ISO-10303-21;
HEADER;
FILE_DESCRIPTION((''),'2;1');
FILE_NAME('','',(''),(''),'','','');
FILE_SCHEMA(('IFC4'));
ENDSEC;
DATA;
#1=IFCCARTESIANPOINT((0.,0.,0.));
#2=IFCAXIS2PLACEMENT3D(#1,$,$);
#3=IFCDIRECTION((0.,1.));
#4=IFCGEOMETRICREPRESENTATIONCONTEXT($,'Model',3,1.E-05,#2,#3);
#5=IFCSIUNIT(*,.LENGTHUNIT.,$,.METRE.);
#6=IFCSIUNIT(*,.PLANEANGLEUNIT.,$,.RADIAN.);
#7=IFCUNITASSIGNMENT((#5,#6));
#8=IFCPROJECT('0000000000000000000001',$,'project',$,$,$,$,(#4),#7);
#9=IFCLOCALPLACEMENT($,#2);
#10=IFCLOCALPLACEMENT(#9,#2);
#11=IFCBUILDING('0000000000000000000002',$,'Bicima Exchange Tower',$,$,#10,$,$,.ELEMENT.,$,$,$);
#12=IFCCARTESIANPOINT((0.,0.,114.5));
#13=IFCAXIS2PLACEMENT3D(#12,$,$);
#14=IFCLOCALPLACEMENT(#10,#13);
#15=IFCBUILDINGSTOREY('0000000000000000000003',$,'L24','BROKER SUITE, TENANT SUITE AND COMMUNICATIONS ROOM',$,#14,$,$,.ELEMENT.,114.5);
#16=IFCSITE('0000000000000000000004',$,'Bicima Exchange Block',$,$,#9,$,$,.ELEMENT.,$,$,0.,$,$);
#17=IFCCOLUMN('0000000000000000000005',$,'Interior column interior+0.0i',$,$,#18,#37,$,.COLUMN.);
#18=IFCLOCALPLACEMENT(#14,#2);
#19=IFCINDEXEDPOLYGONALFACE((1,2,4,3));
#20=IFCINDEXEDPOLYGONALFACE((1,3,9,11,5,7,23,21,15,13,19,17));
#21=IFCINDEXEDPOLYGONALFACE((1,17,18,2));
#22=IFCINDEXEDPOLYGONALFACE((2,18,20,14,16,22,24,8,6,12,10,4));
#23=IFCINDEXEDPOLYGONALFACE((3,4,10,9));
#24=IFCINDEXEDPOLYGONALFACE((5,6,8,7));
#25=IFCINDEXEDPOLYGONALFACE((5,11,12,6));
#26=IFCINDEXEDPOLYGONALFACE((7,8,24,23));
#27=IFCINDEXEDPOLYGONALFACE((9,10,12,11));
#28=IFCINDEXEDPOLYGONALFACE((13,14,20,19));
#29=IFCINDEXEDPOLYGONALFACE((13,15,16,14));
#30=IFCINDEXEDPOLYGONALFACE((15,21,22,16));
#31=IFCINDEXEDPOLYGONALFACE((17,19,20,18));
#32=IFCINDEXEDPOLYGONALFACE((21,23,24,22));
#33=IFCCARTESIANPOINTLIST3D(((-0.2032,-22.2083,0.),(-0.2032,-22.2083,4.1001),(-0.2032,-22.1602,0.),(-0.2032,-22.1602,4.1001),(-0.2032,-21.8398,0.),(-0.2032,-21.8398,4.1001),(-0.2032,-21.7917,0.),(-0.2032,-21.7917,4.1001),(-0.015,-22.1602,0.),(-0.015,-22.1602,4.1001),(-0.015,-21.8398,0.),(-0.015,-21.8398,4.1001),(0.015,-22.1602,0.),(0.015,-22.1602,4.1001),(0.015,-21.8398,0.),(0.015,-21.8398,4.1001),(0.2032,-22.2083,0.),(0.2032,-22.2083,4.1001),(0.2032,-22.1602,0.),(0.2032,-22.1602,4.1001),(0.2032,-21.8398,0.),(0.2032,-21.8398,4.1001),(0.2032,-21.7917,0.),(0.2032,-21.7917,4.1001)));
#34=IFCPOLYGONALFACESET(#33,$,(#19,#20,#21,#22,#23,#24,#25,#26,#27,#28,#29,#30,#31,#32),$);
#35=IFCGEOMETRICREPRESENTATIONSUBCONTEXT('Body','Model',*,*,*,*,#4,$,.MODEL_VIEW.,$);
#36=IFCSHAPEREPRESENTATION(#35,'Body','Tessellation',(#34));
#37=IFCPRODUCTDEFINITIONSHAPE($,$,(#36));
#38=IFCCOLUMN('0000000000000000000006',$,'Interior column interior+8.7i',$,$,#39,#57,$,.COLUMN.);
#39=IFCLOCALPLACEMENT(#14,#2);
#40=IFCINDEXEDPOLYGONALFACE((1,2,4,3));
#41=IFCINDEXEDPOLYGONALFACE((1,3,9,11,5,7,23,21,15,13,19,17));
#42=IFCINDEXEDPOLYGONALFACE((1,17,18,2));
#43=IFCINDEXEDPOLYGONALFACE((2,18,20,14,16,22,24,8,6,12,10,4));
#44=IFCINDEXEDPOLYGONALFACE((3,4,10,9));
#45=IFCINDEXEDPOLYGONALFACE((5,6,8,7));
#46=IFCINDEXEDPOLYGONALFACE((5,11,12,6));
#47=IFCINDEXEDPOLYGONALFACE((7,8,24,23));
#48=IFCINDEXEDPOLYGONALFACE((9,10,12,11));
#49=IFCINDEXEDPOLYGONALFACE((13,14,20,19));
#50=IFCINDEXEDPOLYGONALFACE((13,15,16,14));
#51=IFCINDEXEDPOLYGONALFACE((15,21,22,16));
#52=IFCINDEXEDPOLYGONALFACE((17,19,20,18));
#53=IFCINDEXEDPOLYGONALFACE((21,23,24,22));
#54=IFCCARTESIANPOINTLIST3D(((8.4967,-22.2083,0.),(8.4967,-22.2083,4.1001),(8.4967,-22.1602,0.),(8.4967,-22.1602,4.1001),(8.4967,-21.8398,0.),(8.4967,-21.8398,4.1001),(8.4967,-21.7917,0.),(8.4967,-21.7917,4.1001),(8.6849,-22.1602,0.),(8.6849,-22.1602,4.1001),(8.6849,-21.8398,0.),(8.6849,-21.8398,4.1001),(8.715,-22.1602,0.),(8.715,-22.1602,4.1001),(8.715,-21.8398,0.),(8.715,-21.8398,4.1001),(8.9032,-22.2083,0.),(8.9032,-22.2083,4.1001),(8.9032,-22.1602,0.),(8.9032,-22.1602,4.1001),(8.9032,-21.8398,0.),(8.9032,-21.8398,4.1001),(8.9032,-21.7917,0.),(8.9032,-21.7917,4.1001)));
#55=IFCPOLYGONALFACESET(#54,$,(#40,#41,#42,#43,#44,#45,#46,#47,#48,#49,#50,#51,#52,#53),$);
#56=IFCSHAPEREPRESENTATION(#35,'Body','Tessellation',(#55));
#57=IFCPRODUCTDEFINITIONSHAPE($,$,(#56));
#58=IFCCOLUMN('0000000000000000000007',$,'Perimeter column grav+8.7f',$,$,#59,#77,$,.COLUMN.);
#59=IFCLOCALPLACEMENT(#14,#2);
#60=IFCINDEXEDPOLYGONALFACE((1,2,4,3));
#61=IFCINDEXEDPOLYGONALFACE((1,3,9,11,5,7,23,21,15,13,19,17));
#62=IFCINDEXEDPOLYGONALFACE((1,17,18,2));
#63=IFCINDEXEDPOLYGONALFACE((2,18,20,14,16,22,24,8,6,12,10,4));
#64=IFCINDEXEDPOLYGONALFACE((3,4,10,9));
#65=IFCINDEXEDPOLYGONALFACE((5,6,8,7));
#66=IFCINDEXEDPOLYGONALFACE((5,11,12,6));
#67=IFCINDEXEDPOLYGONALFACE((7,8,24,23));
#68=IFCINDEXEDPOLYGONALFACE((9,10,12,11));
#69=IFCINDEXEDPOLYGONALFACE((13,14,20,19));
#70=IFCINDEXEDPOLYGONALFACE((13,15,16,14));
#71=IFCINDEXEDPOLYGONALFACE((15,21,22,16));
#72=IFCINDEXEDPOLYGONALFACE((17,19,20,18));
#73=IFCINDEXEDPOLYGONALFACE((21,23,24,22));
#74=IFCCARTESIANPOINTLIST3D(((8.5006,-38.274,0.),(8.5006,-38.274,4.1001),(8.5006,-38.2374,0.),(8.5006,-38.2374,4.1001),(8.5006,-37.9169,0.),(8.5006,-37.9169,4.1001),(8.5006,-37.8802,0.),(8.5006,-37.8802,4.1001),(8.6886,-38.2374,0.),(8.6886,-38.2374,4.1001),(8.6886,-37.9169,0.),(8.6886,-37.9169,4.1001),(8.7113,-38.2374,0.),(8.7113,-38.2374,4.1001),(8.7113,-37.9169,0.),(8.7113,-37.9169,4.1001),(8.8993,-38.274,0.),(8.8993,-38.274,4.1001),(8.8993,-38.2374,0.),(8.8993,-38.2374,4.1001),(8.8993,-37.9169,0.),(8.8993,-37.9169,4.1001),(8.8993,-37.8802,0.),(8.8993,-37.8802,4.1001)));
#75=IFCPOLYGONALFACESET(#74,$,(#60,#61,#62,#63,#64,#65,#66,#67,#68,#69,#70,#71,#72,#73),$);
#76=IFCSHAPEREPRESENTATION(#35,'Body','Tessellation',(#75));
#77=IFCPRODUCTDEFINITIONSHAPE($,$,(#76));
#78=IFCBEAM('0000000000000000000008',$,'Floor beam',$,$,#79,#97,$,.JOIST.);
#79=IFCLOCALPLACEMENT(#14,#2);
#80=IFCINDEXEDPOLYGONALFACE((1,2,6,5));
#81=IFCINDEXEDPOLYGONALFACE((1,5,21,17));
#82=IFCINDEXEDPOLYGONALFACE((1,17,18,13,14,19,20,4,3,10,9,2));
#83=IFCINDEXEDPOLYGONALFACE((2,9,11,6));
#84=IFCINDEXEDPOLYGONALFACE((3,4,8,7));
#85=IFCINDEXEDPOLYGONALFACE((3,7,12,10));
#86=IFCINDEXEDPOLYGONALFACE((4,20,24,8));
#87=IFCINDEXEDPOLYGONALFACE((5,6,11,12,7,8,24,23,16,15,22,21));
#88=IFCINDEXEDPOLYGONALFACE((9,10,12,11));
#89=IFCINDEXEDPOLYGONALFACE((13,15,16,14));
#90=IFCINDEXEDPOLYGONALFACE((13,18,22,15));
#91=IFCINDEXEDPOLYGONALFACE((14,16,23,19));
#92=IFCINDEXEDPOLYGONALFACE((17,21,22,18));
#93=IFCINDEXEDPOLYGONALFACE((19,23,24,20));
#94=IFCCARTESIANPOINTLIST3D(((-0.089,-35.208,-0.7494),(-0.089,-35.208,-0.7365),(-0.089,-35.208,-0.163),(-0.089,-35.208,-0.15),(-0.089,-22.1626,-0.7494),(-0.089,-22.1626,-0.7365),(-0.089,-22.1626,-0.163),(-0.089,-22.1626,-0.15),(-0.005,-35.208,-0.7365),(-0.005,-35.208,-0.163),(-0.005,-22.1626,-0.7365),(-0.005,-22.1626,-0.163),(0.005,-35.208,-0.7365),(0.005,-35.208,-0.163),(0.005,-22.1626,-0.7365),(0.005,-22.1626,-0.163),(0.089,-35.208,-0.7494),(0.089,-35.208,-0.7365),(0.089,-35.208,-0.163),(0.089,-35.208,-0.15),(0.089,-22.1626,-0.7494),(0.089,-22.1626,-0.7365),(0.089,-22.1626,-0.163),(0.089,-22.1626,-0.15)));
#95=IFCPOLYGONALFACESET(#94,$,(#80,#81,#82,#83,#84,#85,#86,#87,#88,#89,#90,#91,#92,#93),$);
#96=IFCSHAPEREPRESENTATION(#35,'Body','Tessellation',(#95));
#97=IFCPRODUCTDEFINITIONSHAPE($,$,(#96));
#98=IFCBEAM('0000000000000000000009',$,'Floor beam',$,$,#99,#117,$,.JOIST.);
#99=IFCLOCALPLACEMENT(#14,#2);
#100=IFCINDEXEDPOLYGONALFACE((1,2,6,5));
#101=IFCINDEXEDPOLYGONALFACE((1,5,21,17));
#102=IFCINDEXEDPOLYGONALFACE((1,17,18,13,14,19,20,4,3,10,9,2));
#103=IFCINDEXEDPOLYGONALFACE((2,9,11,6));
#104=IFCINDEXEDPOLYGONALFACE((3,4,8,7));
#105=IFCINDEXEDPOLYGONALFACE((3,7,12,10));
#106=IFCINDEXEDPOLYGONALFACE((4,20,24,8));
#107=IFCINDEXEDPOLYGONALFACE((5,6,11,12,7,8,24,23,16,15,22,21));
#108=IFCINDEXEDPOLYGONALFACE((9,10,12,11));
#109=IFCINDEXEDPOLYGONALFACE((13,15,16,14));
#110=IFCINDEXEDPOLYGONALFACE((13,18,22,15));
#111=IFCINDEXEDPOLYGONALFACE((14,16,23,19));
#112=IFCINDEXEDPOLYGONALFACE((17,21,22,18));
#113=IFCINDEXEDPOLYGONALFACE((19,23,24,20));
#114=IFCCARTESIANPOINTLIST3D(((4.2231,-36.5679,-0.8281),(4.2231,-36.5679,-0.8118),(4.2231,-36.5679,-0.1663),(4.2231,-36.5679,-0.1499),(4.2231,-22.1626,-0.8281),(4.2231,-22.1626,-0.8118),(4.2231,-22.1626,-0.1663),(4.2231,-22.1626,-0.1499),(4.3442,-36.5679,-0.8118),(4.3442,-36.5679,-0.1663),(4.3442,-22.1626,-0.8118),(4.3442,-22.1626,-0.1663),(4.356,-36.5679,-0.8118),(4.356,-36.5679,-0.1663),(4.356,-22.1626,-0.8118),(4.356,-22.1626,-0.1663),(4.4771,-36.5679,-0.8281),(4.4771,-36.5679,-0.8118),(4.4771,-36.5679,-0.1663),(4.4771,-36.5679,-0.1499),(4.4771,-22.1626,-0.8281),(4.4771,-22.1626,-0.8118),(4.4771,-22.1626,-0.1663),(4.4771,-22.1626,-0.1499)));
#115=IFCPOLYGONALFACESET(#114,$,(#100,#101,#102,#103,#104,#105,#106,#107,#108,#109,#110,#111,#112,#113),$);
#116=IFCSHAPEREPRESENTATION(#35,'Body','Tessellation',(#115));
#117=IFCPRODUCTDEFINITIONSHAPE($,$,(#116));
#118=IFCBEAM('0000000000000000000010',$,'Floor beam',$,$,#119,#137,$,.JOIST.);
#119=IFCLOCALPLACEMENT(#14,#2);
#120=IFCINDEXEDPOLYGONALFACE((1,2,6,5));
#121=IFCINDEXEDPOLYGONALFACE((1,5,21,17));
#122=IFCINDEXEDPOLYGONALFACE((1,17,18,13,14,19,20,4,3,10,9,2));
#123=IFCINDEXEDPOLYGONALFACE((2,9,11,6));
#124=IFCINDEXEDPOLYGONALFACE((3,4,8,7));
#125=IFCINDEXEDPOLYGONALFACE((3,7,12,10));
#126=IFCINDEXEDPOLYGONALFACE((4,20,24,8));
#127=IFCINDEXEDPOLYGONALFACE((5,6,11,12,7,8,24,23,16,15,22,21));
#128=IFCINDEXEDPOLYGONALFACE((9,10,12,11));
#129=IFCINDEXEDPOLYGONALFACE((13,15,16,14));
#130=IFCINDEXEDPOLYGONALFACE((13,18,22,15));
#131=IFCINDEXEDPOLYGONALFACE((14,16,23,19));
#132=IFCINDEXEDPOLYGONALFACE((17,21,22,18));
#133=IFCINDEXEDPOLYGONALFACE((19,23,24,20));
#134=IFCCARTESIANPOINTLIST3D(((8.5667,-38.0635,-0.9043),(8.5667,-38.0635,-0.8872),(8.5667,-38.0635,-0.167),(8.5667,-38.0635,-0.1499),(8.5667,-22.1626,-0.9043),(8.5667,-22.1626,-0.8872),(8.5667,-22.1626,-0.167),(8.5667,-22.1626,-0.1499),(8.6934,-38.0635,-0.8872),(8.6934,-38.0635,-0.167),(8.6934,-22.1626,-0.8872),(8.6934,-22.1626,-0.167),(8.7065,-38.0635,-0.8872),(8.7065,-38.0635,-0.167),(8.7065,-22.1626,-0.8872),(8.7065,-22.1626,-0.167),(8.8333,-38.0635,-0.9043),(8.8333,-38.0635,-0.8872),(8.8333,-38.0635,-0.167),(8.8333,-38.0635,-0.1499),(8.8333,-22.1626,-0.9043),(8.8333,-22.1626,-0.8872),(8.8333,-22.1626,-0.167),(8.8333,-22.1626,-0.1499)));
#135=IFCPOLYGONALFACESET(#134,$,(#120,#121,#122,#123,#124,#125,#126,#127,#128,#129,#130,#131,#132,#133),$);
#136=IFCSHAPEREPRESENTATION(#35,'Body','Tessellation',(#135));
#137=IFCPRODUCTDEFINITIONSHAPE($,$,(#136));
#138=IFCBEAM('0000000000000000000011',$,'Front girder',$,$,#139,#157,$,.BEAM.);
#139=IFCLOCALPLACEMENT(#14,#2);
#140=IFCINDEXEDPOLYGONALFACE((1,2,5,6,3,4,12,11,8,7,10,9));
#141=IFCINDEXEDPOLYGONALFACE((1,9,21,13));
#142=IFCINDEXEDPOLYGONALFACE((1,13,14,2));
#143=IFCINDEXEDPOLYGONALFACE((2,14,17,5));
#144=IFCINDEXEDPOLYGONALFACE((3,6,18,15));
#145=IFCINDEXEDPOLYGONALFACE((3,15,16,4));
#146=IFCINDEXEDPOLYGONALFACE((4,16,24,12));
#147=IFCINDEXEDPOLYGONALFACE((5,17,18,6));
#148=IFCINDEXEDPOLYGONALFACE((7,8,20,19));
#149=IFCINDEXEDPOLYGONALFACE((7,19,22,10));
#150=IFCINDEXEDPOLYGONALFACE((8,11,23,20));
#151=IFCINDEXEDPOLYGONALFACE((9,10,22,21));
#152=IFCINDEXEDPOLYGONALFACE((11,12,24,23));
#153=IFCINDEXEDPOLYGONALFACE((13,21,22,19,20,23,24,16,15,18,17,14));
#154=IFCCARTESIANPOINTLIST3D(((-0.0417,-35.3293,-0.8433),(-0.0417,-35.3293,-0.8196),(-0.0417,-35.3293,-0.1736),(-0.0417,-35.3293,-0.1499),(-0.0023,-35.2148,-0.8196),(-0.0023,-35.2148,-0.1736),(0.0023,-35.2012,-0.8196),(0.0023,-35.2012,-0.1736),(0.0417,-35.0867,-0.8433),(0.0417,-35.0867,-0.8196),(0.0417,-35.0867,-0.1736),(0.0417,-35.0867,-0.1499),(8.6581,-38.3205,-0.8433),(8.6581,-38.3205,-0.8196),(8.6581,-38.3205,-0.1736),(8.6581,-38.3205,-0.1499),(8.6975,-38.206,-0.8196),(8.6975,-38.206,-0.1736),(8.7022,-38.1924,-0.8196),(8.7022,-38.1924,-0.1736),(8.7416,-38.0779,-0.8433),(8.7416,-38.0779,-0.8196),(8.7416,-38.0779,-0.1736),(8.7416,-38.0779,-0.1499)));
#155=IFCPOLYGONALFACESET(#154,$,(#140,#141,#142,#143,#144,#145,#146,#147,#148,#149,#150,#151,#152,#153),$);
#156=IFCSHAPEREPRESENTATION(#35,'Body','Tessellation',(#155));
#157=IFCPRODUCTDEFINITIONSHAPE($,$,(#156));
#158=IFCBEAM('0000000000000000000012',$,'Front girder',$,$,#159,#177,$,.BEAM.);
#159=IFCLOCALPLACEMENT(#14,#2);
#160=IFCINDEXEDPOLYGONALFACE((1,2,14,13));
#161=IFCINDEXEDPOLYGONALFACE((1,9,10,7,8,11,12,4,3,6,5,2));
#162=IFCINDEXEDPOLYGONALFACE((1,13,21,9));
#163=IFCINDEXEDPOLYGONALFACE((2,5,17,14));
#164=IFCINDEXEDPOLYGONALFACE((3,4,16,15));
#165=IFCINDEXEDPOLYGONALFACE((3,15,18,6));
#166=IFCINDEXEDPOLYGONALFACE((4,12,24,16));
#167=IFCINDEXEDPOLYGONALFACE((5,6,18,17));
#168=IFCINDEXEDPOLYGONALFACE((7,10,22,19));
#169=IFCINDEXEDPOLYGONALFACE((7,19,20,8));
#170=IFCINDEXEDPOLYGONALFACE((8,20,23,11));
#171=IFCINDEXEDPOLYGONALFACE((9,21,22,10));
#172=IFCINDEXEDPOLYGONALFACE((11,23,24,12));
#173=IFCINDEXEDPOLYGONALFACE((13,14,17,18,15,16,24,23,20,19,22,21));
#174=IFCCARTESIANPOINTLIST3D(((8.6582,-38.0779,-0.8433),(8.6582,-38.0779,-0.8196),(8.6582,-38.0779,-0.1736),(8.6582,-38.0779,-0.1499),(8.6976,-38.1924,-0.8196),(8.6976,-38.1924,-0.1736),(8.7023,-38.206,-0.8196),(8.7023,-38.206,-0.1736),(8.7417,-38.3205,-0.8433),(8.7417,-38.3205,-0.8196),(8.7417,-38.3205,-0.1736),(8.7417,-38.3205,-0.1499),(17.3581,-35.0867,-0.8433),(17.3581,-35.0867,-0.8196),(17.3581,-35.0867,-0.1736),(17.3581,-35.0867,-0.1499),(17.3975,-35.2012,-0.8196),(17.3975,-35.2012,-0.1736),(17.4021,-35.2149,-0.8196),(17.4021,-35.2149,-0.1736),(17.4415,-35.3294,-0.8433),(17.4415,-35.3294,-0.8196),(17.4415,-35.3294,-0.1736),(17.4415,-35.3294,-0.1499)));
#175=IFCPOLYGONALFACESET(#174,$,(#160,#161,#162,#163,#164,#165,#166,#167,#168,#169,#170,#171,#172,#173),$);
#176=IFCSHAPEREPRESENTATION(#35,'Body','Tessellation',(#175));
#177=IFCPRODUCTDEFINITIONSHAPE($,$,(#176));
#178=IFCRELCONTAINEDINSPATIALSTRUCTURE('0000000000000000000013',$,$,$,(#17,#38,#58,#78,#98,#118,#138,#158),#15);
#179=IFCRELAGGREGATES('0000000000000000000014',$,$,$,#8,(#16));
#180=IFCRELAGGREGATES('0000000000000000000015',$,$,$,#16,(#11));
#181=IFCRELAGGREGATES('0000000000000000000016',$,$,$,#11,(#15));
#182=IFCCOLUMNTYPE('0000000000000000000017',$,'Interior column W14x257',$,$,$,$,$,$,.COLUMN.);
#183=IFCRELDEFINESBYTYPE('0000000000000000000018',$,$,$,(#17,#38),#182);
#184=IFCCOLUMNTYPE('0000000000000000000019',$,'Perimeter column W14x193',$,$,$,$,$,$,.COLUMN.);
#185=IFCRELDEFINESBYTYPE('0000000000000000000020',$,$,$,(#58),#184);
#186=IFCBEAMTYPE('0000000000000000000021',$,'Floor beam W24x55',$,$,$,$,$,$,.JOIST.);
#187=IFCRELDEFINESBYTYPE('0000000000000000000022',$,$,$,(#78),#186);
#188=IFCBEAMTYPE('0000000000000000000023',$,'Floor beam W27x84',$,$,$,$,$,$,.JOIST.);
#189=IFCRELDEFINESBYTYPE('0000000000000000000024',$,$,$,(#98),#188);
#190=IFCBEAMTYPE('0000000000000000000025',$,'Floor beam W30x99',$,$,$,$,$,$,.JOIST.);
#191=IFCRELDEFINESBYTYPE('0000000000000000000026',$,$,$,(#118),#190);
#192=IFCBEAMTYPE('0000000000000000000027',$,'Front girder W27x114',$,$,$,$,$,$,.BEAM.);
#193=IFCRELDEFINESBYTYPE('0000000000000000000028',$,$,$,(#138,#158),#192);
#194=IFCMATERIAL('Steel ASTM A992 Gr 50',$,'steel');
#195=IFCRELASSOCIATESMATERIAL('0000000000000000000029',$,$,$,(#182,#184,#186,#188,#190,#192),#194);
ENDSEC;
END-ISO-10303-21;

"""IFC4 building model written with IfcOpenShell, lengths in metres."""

from ifc_helpers import new_model, si_unit, direction, frame, origin, origin_2d, place, context, subcontext, project, spatial, i_section, extrude, material, material_profile, profile_set, type_object, element, save


model = new_model("IFC4")

# Units and contexts
model_context = context("Model", 3, precision=1e-05, world=origin(), true_north=direction((0.0, 1.0)))
body_context = subcontext(model_context, "Body", "Model", "MODEL_VIEW")
ifc_project = project(units=[si_unit("LENGTHUNIT", "METRE"), si_unit("PLANEANGLEUNIT", "RADIAN")], contexts=[model_context])

# Site, building, storey
site_placement = place(None, origin())
site = spatial("IfcSite", under=ifc_project, at=site_placement, Name="Bicima Exchange Block", CompositionType="ELEMENT", RefElevation=0.0)
building_placement = place(site_placement, origin())
building = spatial("IfcBuilding", under=site, at=building_placement, Name="Bicima Exchange Tower", CompositionType="ELEMENT")
storey_placement = place(building_placement, frame((0.0, 0.0, 114.5)))
storey = spatial("IfcBuildingStorey", under=building, at=storey_placement, Name="L24", Description="BROKER SUITE, TENANT SUITE AND COMMUNICATIONS ROOM", CompositionType="ELEMENT", Elevation=114.5)

# Columns
ifc_material_1 = material(Name="Steel ASTM A992 Gr 50", Category="steel")
ifc_material_profile_1 = material_profile(ifc_material_1, i_section(OverallWidth=0.4065, OverallDepth=0.4165, WebThickness=0.03, FlangeThickness=0.0481, at=origin_2d()))
ifc_profile_set_1 = profile_set([ifc_material_profile_1], Name="Steel ASTM A992 Gr 50")
column_type_1 = type_object("IfcColumnType", Name="Interior column W14x257", PredefinedType="COLUMN", material=ifc_profile_set_1)
for number, where, z_axis, x_axis, name in (
    (1, (0.0, -22.0, 0.0), (0.0, 0.0, 1.0), (1.0, 0.0, 0.0), "Interior column interior+0.0i"),
    (2, (8.7, -22.0, 0.0), (0.0, 0.0, 1.0), (1.0, 0.0, 0.0), "Interior column interior+8.7i"),
):
    element("IfcColumn", number, at=place(storey_placement, frame(where, z_axis=z_axis, x_axis=x_axis)), inside=storey, type_object=column_type_1, Name=name, PredefinedType="COLUMN", context=body_context, shape_type="SweptSolid", body=[
        extrude(i_section(OverallWidth=0.4065, OverallDepth=0.4165, WebThickness=0.03, FlangeThickness=0.0481, at=origin_2d()), origin(), (0.0, 0.0, 1.0), 4.1001),
    ])
ifc_material_profile_2 = material_profile(ifc_material_1, i_section(OverallWidth=0.3987, OverallDepth=0.3938, WebThickness=0.0227, FlangeThickness=0.0366, at=origin_2d()))
ifc_profile_set_2 = profile_set([ifc_material_profile_2], Name="Steel ASTM A992 Gr 50")
column_type_2 = type_object("IfcColumnType", Name="Perimeter column W14x193", PredefinedType="COLUMN", material=ifc_profile_set_2)
column_placement = place(storey_placement, frame((8.7, -38.0771, 0.0), z_axis=(0.0, 0.0, 1.0), x_axis=(1.0, 0.0, 0.0)))
element("IfcColumn", 3, at=column_placement, inside=storey, type_object=column_type_2, Name="Perimeter column grav+8.7f", PredefinedType="COLUMN", context=body_context, shape_type="SweptSolid", body=[
    extrude(i_section(OverallWidth=0.3987, OverallDepth=0.3938, WebThickness=0.0227, FlangeThickness=0.0366, at=origin_2d()), origin(), (0.0, 0.0, 1.0), 4.1001),
])

# Beams
ifc_material_profile_3 = material_profile(ifc_material_1, i_section(OverallWidth=0.178, OverallDepth=0.5994, WebThickness=0.01, FlangeThickness=0.0129, at=origin_2d()))
ifc_profile_set_3 = profile_set([ifc_material_profile_3], Name="Steel ASTM A992 Gr 50")
beam_type_1 = type_object("IfcBeamType", Name="Floor beam W24x55", PredefinedType="JOIST", material=ifc_profile_set_3)
beam_1_placement = place(storey_placement, frame((0.0, -22.1626, -0.4497), z_axis=(0.0, -1.0, 0.0), x_axis=(1.0, 0.0, 0.0)))
element("IfcBeam", 4, at=beam_1_placement, inside=storey, type_object=beam_type_1, Name="Floor beam", PredefinedType="JOIST", context=body_context, shape_type="SweptSolid", body=[
    extrude(i_section(OverallWidth=0.178, OverallDepth=0.5994, WebThickness=0.01, FlangeThickness=0.0129, at=origin_2d()), origin(), (0.0, 0.0, 1.0), 13.0454),
])
ifc_material_profile_4 = material_profile(ifc_material_1, i_section(OverallWidth=0.2539, OverallDepth=0.6782, WebThickness=0.0117, FlangeThickness=0.0164, at=origin_2d()))
ifc_profile_set_4 = profile_set([ifc_material_profile_4], Name="Steel ASTM A992 Gr 50")
beam_type_2 = type_object("IfcBeamType", Name="Floor beam W27x84", PredefinedType="JOIST", material=ifc_profile_set_4)
beam_2_placement = place(storey_placement, frame((4.3501, -22.1626, -0.489), z_axis=(0.0, -1.0, 0.0), x_axis=(1.0, 0.0, 0.0)))
element("IfcBeam", 5, at=beam_2_placement, inside=storey, type_object=beam_type_2, Name="Floor beam", PredefinedType="JOIST", context=body_context, shape_type="SweptSolid", body=[
    extrude(i_section(OverallWidth=0.2539, OverallDepth=0.6782, WebThickness=0.0117, FlangeThickness=0.0164, at=origin_2d()), origin(), (0.0, 0.0, 1.0), 14.4053),
])
ifc_material_profile_5 = material_profile(ifc_material_1, i_section(OverallWidth=0.2666, OverallDepth=0.7544, WebThickness=0.0132, FlangeThickness=0.0171, at=origin_2d()))
ifc_profile_set_5 = profile_set([ifc_material_profile_5], Name="Steel ASTM A992 Gr 50")
beam_type_3 = type_object("IfcBeamType", Name="Floor beam W30x99", PredefinedType="JOIST", material=ifc_profile_set_5)
beam_3_placement = place(storey_placement, frame((8.7, -22.1626, -0.5271), z_axis=(0.0, -1.0, 0.0), x_axis=(1.0, 0.0, 0.0)))
element("IfcBeam", 6, at=beam_3_placement, inside=storey, type_object=beam_type_3, Name="Floor beam", PredefinedType="JOIST", context=body_context, shape_type="SweptSolid", body=[
    extrude(i_section(OverallWidth=0.2666, OverallDepth=0.7544, WebThickness=0.0132, FlangeThickness=0.0171, at=origin_2d()), origin(), (0.0, 0.0, 1.0), 15.9009),
])
ifc_material_profile_6 = material_profile(ifc_material_1, i_section(OverallWidth=0.2566, OverallDepth=0.6934, WebThickness=0.0144, FlangeThickness=0.0237, at=origin_2d()))
ifc_profile_set_6 = profile_set([ifc_material_profile_6], Name="Steel ASTM A992 Gr 50")
beam_type_4 = type_object("IfcBeamType", Name="Front girder W27x114", PredefinedType="BEAM", material=ifc_profile_set_6)
for number, where, z_axis, x_axis, name in (
    (7, (0.0, -35.208, -0.4966), (0.945666, -0.325138, 0.0), (0.325138, 0.945666, 0.0), "Front girder"),
    (8, (8.7, -38.1992, -0.4966), (0.945666, 0.325138, 0.0), (-0.325138, 0.945666, 0.0), "Front girder"),
):
    element("IfcBeam", number, at=place(storey_placement, frame(where, z_axis=z_axis, x_axis=x_axis)), inside=storey, type_object=beam_type_4, Name=name, PredefinedType="BEAM", context=body_context, shape_type="SweptSolid", body=[
        extrude(i_section(OverallWidth=0.2566, OverallDepth=0.6934, WebThickness=0.0144, FlangeThickness=0.0237, at=origin_2d()), origin(), (0.0, 0.0, 1.0), 9.1997),
    ])

save(model, "model.ifc")
